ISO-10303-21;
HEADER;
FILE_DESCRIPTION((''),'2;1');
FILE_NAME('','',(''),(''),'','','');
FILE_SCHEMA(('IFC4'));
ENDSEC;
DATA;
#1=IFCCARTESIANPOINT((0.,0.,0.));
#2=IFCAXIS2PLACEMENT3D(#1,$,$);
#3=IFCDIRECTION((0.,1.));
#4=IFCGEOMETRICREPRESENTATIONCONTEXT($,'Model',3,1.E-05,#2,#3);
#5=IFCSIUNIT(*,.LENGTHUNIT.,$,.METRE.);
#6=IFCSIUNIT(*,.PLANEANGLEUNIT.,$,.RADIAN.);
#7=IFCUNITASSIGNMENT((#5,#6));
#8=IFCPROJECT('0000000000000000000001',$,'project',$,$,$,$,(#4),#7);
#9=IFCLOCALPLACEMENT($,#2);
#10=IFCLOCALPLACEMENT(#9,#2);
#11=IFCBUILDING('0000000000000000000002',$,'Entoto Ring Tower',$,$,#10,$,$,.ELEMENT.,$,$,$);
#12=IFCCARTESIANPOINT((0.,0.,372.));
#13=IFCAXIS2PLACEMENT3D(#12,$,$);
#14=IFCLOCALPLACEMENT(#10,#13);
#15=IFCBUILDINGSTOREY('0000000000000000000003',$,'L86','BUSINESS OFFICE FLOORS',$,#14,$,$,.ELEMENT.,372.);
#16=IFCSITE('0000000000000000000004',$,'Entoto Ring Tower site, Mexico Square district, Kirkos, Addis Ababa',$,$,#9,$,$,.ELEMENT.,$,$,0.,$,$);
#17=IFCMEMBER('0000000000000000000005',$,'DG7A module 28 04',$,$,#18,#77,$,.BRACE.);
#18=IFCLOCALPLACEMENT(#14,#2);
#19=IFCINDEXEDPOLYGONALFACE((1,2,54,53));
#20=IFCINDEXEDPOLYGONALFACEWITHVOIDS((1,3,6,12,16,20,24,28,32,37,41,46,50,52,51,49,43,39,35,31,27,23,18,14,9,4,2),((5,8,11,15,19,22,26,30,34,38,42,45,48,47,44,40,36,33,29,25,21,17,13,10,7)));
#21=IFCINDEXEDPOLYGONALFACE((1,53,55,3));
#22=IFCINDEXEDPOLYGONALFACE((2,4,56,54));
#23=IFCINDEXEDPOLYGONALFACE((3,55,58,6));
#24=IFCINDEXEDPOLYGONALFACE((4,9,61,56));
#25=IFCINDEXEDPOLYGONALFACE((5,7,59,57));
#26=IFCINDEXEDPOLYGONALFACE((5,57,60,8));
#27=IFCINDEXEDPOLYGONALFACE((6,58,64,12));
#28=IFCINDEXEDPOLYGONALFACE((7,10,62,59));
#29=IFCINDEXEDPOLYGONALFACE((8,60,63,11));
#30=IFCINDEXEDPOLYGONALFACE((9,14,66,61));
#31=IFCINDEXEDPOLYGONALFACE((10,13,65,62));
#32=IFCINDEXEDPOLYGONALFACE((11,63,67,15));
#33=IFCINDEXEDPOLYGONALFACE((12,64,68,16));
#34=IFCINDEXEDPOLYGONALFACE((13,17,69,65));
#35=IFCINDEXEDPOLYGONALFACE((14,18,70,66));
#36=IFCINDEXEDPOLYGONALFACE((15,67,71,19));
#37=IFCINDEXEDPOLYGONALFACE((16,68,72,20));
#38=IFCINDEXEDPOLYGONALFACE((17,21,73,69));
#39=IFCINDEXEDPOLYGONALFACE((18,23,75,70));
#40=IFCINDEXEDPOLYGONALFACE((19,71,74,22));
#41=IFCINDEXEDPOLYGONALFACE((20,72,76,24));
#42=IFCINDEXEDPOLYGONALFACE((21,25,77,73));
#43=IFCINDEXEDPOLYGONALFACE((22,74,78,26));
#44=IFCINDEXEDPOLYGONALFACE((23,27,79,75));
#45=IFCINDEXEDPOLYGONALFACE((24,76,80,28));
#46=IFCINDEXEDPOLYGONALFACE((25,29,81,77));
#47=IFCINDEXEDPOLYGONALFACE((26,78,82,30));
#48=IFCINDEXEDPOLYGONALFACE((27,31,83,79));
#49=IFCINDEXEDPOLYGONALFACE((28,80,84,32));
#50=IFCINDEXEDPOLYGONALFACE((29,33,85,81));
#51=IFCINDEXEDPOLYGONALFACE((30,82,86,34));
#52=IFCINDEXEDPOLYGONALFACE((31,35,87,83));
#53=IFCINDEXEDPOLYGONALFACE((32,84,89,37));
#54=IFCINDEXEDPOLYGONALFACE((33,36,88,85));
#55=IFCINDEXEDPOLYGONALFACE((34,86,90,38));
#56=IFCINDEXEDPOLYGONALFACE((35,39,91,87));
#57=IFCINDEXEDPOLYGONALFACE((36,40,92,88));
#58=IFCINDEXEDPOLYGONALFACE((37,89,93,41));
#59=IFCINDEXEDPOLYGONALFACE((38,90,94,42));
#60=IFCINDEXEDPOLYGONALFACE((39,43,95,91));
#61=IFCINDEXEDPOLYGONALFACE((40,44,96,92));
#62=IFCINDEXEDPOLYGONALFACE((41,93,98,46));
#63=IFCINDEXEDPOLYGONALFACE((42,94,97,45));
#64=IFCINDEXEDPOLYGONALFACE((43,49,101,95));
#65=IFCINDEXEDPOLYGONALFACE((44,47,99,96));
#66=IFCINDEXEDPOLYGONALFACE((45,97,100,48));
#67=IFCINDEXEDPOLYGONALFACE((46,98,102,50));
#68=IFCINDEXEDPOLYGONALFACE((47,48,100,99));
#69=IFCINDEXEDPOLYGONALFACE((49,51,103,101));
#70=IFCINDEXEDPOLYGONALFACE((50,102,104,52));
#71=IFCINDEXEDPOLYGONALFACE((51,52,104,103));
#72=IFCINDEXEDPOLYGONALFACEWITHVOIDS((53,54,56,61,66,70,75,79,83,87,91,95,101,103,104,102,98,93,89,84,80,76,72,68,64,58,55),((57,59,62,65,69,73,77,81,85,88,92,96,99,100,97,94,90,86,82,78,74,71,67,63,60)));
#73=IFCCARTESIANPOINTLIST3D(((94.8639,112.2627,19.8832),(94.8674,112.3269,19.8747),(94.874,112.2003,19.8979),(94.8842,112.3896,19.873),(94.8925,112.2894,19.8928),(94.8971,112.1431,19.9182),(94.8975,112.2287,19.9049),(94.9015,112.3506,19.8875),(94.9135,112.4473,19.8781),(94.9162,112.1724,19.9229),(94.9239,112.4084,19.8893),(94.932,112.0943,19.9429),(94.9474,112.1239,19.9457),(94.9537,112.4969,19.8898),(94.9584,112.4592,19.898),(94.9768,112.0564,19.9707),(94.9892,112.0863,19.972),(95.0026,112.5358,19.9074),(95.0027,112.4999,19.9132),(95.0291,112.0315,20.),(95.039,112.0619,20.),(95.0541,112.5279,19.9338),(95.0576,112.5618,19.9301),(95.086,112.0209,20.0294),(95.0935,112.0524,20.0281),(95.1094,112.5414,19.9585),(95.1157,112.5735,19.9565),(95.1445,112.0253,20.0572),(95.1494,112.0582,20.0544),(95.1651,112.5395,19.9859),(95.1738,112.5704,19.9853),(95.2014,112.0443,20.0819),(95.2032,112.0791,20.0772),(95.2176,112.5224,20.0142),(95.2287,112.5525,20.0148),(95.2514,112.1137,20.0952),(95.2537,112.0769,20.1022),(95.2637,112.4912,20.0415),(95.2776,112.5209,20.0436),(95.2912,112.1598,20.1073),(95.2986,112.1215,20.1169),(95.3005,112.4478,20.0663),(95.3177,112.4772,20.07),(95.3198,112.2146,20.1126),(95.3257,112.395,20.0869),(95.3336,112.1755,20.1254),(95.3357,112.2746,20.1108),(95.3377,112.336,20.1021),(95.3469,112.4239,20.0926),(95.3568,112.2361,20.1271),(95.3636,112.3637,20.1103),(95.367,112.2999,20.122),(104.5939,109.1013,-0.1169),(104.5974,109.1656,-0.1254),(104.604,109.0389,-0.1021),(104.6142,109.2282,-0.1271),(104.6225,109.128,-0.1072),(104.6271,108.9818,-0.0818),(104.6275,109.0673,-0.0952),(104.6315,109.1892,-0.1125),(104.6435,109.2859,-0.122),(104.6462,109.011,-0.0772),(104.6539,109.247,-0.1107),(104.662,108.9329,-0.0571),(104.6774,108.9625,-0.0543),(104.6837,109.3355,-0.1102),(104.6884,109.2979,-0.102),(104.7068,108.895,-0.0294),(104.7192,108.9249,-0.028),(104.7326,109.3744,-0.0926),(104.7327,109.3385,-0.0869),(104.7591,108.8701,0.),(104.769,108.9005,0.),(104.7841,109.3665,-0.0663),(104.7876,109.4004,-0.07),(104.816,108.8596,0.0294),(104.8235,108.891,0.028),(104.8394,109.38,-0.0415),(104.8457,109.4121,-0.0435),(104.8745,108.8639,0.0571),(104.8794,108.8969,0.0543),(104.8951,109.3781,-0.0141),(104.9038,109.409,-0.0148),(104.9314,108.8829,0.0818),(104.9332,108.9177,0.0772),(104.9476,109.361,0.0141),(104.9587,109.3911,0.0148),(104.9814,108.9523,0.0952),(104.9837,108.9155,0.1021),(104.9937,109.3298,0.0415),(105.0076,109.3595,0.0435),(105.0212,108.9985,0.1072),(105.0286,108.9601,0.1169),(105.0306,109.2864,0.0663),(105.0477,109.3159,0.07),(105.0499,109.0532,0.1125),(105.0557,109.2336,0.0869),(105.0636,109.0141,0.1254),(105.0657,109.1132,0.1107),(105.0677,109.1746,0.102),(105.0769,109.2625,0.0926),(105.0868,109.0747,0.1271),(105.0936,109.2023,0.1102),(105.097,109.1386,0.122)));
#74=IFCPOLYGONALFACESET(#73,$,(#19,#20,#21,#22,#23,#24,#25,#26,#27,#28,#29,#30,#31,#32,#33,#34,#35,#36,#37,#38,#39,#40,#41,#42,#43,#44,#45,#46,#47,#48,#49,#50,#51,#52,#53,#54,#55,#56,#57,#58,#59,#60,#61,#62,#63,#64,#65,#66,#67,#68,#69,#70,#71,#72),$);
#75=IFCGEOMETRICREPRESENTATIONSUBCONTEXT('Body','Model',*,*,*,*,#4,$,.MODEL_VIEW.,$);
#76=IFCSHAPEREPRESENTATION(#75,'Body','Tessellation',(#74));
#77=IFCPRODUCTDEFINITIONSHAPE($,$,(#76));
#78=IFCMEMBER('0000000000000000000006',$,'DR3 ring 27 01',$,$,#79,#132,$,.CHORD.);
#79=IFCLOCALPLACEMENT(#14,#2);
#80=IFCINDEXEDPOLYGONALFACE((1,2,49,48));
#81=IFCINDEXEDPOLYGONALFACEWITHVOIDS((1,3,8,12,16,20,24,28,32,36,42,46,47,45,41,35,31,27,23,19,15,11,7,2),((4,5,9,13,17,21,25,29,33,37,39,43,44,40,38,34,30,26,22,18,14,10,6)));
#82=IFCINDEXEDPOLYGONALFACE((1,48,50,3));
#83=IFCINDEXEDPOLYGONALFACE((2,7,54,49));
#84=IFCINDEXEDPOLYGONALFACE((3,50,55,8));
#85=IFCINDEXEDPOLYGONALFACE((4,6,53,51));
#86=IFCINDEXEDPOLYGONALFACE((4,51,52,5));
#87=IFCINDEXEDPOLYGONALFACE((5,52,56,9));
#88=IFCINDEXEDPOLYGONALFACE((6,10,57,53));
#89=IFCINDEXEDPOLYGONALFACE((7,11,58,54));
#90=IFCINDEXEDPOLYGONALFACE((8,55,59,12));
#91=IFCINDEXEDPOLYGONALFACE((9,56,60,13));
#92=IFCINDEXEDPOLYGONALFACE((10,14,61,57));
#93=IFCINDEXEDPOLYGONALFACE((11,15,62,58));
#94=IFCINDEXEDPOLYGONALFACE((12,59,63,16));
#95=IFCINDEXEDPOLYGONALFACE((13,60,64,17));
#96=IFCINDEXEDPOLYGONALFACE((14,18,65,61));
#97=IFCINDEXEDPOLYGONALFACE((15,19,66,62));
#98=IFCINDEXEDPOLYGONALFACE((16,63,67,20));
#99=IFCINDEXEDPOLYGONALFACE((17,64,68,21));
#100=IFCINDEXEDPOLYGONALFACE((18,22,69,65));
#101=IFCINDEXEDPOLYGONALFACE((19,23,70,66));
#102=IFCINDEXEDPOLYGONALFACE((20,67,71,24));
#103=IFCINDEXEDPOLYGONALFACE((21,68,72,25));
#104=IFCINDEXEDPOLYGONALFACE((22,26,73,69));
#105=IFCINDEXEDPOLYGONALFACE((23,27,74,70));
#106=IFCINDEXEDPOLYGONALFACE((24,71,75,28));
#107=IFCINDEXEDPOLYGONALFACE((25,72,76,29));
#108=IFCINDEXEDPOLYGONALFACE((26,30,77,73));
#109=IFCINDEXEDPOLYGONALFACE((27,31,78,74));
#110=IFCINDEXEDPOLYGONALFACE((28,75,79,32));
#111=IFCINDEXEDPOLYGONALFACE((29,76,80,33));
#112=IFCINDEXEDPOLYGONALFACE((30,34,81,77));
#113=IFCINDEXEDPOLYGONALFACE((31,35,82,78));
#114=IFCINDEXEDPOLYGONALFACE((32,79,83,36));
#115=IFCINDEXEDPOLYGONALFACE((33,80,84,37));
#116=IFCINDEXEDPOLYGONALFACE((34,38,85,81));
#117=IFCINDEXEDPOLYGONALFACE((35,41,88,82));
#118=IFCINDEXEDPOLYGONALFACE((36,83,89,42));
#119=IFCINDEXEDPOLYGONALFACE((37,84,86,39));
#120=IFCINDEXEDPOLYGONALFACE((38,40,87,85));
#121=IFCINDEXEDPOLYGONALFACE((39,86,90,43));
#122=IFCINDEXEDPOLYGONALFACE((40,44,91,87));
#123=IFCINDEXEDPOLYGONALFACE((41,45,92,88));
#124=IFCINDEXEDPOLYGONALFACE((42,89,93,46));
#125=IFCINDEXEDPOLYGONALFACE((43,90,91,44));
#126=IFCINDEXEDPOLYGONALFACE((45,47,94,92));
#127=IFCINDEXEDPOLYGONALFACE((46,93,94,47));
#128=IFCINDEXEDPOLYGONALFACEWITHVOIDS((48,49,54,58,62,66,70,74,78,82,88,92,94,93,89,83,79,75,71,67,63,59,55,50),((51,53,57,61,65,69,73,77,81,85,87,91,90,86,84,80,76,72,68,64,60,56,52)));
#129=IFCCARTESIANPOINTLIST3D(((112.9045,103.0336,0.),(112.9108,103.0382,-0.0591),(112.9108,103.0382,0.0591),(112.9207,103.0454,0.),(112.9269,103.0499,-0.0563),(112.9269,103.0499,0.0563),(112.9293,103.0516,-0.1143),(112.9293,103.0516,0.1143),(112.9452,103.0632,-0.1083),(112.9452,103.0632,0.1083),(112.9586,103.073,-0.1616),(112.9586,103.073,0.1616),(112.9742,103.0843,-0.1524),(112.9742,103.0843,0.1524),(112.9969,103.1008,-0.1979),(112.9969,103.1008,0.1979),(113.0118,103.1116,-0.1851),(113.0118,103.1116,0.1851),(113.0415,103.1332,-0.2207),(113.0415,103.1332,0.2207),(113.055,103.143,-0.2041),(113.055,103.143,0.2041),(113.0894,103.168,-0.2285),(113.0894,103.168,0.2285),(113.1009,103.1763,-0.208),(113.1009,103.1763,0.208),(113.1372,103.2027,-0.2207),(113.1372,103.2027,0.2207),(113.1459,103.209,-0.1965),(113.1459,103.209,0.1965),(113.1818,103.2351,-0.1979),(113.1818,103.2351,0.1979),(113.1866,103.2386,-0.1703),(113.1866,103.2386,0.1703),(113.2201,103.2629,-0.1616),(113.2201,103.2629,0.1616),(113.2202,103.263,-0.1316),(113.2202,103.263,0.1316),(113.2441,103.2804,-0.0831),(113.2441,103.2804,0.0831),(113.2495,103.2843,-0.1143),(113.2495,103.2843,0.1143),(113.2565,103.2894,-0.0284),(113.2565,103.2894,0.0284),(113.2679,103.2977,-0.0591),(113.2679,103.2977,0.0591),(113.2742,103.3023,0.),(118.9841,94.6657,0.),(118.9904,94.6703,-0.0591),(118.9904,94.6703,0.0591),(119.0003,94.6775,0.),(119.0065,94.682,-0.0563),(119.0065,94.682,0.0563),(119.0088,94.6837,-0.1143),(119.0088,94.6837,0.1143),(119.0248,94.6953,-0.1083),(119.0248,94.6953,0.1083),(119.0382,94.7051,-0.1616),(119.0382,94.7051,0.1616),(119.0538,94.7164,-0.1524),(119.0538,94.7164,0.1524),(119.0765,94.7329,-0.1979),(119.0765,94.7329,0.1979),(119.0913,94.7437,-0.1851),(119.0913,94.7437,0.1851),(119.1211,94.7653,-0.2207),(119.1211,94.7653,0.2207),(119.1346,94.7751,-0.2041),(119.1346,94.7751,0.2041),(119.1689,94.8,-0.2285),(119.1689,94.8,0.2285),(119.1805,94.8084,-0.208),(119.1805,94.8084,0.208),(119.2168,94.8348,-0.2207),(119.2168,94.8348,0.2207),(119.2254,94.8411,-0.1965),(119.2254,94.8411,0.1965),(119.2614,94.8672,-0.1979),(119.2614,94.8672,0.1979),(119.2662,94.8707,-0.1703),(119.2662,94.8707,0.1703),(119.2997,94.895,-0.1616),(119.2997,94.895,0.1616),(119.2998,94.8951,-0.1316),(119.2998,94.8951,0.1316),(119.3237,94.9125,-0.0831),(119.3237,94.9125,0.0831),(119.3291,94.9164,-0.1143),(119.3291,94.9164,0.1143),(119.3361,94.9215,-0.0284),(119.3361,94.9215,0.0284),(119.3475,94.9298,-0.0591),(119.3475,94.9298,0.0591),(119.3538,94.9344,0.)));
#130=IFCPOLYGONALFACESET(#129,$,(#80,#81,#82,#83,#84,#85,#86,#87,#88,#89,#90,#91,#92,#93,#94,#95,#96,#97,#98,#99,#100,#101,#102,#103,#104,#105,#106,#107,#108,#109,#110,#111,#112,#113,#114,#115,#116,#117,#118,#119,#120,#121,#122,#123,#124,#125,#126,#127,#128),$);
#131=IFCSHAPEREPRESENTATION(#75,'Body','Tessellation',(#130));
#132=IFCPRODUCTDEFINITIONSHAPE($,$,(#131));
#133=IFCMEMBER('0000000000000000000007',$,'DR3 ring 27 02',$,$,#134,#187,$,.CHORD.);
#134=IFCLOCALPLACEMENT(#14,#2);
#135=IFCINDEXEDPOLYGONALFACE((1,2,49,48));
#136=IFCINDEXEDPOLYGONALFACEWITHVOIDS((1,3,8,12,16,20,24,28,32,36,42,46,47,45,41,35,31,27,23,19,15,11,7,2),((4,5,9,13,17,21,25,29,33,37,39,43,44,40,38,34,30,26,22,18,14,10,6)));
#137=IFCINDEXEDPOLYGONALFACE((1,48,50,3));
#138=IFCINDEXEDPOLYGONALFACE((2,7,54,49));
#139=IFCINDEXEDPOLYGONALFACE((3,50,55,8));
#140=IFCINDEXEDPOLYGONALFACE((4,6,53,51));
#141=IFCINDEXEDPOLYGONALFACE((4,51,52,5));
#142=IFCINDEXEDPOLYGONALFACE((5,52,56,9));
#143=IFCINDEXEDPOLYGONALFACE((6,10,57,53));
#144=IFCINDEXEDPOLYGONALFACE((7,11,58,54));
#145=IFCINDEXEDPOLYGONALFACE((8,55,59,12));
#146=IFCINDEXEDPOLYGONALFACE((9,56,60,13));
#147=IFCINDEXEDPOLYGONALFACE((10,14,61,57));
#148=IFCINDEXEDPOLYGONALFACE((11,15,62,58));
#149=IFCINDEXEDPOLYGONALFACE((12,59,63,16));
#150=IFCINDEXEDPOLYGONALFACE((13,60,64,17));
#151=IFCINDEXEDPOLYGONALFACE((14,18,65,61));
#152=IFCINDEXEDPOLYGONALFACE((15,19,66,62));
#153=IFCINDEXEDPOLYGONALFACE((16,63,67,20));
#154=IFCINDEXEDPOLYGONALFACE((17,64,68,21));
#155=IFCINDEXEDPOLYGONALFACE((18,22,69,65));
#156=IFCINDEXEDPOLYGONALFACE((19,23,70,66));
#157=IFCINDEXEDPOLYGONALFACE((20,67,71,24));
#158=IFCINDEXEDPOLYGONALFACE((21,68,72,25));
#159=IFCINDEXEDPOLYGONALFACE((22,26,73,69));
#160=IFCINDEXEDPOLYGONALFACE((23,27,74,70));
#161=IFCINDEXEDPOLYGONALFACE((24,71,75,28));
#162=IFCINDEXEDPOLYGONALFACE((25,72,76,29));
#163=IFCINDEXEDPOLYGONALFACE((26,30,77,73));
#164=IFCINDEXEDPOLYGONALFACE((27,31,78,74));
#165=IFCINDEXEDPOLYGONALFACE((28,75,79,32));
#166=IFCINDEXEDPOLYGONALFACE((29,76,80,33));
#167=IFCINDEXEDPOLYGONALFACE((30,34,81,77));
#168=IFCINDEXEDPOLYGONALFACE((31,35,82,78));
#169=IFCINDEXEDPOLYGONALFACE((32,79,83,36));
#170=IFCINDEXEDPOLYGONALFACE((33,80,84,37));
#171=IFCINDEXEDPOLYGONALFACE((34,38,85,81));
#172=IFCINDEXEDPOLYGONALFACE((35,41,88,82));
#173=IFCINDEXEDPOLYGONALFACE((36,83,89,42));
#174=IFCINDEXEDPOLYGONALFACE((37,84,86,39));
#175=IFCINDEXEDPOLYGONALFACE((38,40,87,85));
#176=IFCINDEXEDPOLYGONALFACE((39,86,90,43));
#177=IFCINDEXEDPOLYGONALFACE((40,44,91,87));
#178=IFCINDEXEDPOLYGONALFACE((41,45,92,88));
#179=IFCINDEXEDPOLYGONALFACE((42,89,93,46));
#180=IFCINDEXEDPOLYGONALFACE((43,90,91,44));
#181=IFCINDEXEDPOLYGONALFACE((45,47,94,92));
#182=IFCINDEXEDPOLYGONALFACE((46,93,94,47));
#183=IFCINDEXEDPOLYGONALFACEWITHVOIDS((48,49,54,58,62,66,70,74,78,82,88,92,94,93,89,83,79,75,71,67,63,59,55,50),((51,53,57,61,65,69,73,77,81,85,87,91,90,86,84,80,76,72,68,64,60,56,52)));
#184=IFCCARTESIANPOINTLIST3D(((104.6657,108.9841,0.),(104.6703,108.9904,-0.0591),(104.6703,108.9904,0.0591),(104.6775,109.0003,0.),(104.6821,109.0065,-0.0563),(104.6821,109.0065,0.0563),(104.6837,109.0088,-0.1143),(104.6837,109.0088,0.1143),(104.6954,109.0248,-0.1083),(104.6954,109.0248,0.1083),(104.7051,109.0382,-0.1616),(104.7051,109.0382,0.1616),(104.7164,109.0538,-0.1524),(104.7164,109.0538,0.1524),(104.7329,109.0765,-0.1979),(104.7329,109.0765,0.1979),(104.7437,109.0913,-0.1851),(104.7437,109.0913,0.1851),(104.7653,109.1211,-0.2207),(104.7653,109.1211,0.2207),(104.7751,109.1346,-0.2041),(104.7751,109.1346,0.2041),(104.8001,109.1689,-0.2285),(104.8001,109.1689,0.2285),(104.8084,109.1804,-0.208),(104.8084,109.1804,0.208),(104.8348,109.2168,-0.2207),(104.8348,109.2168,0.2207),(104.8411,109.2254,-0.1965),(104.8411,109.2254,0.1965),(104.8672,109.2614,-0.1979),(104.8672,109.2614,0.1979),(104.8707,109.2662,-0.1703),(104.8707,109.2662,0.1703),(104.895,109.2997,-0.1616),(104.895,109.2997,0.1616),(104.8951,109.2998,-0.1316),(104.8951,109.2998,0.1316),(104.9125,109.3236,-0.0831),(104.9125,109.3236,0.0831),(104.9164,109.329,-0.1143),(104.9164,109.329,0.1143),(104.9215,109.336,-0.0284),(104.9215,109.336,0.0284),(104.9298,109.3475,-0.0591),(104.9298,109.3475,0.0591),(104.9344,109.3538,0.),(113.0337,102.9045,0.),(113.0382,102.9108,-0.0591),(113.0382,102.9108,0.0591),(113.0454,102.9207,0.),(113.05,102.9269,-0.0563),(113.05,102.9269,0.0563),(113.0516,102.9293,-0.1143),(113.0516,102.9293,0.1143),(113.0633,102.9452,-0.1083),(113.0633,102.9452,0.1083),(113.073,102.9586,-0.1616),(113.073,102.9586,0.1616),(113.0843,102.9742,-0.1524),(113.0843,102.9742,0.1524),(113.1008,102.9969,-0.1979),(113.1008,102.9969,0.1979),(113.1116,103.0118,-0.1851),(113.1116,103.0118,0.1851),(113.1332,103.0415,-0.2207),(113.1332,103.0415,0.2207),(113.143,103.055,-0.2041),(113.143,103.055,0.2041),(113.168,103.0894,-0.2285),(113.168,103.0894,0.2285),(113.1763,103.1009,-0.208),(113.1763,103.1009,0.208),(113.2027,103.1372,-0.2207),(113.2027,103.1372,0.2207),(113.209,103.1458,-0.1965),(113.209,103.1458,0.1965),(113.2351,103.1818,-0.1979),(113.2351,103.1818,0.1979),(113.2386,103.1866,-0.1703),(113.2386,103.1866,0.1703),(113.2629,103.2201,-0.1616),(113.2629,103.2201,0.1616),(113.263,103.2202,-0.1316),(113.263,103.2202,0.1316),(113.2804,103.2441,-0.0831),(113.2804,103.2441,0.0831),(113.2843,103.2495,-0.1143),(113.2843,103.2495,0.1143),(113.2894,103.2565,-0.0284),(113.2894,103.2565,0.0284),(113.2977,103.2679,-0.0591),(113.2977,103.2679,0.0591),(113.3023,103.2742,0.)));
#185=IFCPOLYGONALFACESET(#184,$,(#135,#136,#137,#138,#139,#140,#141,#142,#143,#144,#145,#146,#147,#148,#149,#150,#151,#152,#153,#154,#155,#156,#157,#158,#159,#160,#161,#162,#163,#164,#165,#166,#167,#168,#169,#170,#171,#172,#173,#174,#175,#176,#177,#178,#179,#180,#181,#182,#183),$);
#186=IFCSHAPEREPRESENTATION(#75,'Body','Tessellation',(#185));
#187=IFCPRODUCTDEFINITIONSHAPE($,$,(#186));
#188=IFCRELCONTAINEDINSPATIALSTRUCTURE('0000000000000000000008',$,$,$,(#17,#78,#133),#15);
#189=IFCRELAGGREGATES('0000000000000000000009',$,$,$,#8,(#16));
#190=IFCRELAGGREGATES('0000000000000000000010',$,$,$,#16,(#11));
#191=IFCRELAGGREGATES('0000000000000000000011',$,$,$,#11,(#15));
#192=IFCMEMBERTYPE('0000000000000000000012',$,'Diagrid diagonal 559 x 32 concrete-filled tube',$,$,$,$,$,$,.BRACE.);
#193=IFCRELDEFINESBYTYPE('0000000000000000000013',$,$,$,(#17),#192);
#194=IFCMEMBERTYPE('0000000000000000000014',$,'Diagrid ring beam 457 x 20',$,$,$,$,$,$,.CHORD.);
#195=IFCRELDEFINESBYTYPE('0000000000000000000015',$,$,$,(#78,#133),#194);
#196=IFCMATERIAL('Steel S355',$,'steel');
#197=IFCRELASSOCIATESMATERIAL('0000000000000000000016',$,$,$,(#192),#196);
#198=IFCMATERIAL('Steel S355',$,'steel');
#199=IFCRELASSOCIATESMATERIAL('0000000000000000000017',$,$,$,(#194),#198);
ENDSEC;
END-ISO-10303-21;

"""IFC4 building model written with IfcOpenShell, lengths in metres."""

from ifc_helpers import new_model, si_unit, direction, frame, origin, origin_2d, place, context, subcontext, project, spatial, circle, hollow_circle, extrude, material, material_profile, profile_set, type_object, element, save


model = new_model("IFC4")

# Units and contexts
model_context = context("Model", 3, precision=1e-05, world=origin(), true_north=direction((0.0, 1.0)))
body_context = subcontext(model_context, "Body", "Model", "MODEL_VIEW")
ifc_project = project(units=[si_unit("LENGTHUNIT", "METRE"), si_unit("PLANEANGLEUNIT", "RADIAN")], contexts=[model_context])

# Site, building, storey
site_placement = place(None, origin())
site = spatial("IfcSite", under=ifc_project, at=site_placement, Name="Entoto Ring Tower site, Mexico Square district, Kirkos, Addis Ababa", CompositionType="ELEMENT", RefElevation=0.0)
building_placement = place(site_placement, origin())
building = spatial("IfcBuilding", under=site, at=building_placement, Name="Entoto Ring Tower", CompositionType="ELEMENT")
storey_placement = place(building_placement, frame((0.0, 0.0, 372.0)))
storey = spatial("IfcBuildingStorey", under=building, at=storey_placement, Name="L86", Description="BUSINESS OFFICE FLOORS", CompositionType="ELEMENT", Elevation=372.0)

# Members
ifc_material_1 = material(Name="Steel S355", Category="steel")
ifc_material_profile_1 = material_profile(ifc_material_1, hollow_circle(Radius=0.2795, WallThickness=0.032, at=origin_2d()), Name="CHS 559 x 32")
ifc_material_2 = material(Name="Concrete C60/75", Category="concrete")
ifc_material_profile_2 = material_profile(ifc_material_2, circle(Radius=0.2476, at=origin_2d()), Name="Concrete C60/75 infill")
ifc_profile_set_1 = profile_set([ifc_material_profile_1, ifc_material_profile_2], Name="Steel S355")
member_type_1 = type_object("IfcMemberType", Name="Diagrid diagonal 559 x 32 concrete-filled tube", PredefinedType="BRACE", material=ifc_profile_set_1)
for number, where, z_axis, x_axis, name in (
    (1, (104.8455, 109.136, 0.0), (-0.433121, 0.140726, 0.890282), (-0.309009, -0.951059, 0.0), "DG7A module 28 04"),
):
    element("IfcMember", number, at=place(storey_placement, frame(where, z_axis=z_axis, x_axis=x_axis)), inside=storey, type_object=member_type_1, Name=name, PredefinedType="BRACE", context=body_context, shape_type="SweptSolid", body=[
        extrude(hollow_circle(Radius=0.2795, WallThickness=0.032, at=origin_2d()), origin(), (0.0, 0.0, 1.0), 22.4648),
    ])
ifc_material_3 = material(Name="Steel S355", Category="steel")
ifc_material_profile_3 = material_profile(ifc_material_3, hollow_circle(Radius=0.2285, WallThickness=0.02, at=origin_2d()), Name="CHS 457 x 20")
ifc_material_4 = material(Name="Concrete C60/75", Category="concrete")
ifc_material_profile_4 = material_profile(ifc_material_4, circle(Radius=0.2085, at=origin_2d()), Name="Concrete C60/75 infill")
ifc_profile_set_2 = profile_set([ifc_material_profile_3, ifc_material_profile_4], Name="Steel S355")
member_type_2 = type_object("IfcMemberType", Name="Diagrid ring beam 457 x 20", PredefinedType="CHORD", material=ifc_profile_set_2)
for number, where, z_axis, x_axis, name in (
    (2, (119.1689, 94.8, 0.0), (-0.587781, 0.80902, 0.0), (-0.80902, -0.587781, 0.0), "DR3 ring 27 01"),
    (3, (113.168, 103.0894, 0.0), (-0.80902, 0.587781, 0.0), (-0.587781, -0.80902, 0.0), "DR3 ring 27 02"),
):
    element("IfcMember", number, at=place(storey_placement, frame(where, z_axis=z_axis, x_axis=x_axis)), inside=storey, type_object=member_type_2, Name=name, PredefinedType="CHORD", context=body_context, shape_type="SweptSolid", body=[
        extrude(hollow_circle(Radius=0.2285, WallThickness=0.02, at=origin_2d()), origin(), (0.0, 0.0, 1.0), 10.3433),
    ])

save(model, "model.ifc")
